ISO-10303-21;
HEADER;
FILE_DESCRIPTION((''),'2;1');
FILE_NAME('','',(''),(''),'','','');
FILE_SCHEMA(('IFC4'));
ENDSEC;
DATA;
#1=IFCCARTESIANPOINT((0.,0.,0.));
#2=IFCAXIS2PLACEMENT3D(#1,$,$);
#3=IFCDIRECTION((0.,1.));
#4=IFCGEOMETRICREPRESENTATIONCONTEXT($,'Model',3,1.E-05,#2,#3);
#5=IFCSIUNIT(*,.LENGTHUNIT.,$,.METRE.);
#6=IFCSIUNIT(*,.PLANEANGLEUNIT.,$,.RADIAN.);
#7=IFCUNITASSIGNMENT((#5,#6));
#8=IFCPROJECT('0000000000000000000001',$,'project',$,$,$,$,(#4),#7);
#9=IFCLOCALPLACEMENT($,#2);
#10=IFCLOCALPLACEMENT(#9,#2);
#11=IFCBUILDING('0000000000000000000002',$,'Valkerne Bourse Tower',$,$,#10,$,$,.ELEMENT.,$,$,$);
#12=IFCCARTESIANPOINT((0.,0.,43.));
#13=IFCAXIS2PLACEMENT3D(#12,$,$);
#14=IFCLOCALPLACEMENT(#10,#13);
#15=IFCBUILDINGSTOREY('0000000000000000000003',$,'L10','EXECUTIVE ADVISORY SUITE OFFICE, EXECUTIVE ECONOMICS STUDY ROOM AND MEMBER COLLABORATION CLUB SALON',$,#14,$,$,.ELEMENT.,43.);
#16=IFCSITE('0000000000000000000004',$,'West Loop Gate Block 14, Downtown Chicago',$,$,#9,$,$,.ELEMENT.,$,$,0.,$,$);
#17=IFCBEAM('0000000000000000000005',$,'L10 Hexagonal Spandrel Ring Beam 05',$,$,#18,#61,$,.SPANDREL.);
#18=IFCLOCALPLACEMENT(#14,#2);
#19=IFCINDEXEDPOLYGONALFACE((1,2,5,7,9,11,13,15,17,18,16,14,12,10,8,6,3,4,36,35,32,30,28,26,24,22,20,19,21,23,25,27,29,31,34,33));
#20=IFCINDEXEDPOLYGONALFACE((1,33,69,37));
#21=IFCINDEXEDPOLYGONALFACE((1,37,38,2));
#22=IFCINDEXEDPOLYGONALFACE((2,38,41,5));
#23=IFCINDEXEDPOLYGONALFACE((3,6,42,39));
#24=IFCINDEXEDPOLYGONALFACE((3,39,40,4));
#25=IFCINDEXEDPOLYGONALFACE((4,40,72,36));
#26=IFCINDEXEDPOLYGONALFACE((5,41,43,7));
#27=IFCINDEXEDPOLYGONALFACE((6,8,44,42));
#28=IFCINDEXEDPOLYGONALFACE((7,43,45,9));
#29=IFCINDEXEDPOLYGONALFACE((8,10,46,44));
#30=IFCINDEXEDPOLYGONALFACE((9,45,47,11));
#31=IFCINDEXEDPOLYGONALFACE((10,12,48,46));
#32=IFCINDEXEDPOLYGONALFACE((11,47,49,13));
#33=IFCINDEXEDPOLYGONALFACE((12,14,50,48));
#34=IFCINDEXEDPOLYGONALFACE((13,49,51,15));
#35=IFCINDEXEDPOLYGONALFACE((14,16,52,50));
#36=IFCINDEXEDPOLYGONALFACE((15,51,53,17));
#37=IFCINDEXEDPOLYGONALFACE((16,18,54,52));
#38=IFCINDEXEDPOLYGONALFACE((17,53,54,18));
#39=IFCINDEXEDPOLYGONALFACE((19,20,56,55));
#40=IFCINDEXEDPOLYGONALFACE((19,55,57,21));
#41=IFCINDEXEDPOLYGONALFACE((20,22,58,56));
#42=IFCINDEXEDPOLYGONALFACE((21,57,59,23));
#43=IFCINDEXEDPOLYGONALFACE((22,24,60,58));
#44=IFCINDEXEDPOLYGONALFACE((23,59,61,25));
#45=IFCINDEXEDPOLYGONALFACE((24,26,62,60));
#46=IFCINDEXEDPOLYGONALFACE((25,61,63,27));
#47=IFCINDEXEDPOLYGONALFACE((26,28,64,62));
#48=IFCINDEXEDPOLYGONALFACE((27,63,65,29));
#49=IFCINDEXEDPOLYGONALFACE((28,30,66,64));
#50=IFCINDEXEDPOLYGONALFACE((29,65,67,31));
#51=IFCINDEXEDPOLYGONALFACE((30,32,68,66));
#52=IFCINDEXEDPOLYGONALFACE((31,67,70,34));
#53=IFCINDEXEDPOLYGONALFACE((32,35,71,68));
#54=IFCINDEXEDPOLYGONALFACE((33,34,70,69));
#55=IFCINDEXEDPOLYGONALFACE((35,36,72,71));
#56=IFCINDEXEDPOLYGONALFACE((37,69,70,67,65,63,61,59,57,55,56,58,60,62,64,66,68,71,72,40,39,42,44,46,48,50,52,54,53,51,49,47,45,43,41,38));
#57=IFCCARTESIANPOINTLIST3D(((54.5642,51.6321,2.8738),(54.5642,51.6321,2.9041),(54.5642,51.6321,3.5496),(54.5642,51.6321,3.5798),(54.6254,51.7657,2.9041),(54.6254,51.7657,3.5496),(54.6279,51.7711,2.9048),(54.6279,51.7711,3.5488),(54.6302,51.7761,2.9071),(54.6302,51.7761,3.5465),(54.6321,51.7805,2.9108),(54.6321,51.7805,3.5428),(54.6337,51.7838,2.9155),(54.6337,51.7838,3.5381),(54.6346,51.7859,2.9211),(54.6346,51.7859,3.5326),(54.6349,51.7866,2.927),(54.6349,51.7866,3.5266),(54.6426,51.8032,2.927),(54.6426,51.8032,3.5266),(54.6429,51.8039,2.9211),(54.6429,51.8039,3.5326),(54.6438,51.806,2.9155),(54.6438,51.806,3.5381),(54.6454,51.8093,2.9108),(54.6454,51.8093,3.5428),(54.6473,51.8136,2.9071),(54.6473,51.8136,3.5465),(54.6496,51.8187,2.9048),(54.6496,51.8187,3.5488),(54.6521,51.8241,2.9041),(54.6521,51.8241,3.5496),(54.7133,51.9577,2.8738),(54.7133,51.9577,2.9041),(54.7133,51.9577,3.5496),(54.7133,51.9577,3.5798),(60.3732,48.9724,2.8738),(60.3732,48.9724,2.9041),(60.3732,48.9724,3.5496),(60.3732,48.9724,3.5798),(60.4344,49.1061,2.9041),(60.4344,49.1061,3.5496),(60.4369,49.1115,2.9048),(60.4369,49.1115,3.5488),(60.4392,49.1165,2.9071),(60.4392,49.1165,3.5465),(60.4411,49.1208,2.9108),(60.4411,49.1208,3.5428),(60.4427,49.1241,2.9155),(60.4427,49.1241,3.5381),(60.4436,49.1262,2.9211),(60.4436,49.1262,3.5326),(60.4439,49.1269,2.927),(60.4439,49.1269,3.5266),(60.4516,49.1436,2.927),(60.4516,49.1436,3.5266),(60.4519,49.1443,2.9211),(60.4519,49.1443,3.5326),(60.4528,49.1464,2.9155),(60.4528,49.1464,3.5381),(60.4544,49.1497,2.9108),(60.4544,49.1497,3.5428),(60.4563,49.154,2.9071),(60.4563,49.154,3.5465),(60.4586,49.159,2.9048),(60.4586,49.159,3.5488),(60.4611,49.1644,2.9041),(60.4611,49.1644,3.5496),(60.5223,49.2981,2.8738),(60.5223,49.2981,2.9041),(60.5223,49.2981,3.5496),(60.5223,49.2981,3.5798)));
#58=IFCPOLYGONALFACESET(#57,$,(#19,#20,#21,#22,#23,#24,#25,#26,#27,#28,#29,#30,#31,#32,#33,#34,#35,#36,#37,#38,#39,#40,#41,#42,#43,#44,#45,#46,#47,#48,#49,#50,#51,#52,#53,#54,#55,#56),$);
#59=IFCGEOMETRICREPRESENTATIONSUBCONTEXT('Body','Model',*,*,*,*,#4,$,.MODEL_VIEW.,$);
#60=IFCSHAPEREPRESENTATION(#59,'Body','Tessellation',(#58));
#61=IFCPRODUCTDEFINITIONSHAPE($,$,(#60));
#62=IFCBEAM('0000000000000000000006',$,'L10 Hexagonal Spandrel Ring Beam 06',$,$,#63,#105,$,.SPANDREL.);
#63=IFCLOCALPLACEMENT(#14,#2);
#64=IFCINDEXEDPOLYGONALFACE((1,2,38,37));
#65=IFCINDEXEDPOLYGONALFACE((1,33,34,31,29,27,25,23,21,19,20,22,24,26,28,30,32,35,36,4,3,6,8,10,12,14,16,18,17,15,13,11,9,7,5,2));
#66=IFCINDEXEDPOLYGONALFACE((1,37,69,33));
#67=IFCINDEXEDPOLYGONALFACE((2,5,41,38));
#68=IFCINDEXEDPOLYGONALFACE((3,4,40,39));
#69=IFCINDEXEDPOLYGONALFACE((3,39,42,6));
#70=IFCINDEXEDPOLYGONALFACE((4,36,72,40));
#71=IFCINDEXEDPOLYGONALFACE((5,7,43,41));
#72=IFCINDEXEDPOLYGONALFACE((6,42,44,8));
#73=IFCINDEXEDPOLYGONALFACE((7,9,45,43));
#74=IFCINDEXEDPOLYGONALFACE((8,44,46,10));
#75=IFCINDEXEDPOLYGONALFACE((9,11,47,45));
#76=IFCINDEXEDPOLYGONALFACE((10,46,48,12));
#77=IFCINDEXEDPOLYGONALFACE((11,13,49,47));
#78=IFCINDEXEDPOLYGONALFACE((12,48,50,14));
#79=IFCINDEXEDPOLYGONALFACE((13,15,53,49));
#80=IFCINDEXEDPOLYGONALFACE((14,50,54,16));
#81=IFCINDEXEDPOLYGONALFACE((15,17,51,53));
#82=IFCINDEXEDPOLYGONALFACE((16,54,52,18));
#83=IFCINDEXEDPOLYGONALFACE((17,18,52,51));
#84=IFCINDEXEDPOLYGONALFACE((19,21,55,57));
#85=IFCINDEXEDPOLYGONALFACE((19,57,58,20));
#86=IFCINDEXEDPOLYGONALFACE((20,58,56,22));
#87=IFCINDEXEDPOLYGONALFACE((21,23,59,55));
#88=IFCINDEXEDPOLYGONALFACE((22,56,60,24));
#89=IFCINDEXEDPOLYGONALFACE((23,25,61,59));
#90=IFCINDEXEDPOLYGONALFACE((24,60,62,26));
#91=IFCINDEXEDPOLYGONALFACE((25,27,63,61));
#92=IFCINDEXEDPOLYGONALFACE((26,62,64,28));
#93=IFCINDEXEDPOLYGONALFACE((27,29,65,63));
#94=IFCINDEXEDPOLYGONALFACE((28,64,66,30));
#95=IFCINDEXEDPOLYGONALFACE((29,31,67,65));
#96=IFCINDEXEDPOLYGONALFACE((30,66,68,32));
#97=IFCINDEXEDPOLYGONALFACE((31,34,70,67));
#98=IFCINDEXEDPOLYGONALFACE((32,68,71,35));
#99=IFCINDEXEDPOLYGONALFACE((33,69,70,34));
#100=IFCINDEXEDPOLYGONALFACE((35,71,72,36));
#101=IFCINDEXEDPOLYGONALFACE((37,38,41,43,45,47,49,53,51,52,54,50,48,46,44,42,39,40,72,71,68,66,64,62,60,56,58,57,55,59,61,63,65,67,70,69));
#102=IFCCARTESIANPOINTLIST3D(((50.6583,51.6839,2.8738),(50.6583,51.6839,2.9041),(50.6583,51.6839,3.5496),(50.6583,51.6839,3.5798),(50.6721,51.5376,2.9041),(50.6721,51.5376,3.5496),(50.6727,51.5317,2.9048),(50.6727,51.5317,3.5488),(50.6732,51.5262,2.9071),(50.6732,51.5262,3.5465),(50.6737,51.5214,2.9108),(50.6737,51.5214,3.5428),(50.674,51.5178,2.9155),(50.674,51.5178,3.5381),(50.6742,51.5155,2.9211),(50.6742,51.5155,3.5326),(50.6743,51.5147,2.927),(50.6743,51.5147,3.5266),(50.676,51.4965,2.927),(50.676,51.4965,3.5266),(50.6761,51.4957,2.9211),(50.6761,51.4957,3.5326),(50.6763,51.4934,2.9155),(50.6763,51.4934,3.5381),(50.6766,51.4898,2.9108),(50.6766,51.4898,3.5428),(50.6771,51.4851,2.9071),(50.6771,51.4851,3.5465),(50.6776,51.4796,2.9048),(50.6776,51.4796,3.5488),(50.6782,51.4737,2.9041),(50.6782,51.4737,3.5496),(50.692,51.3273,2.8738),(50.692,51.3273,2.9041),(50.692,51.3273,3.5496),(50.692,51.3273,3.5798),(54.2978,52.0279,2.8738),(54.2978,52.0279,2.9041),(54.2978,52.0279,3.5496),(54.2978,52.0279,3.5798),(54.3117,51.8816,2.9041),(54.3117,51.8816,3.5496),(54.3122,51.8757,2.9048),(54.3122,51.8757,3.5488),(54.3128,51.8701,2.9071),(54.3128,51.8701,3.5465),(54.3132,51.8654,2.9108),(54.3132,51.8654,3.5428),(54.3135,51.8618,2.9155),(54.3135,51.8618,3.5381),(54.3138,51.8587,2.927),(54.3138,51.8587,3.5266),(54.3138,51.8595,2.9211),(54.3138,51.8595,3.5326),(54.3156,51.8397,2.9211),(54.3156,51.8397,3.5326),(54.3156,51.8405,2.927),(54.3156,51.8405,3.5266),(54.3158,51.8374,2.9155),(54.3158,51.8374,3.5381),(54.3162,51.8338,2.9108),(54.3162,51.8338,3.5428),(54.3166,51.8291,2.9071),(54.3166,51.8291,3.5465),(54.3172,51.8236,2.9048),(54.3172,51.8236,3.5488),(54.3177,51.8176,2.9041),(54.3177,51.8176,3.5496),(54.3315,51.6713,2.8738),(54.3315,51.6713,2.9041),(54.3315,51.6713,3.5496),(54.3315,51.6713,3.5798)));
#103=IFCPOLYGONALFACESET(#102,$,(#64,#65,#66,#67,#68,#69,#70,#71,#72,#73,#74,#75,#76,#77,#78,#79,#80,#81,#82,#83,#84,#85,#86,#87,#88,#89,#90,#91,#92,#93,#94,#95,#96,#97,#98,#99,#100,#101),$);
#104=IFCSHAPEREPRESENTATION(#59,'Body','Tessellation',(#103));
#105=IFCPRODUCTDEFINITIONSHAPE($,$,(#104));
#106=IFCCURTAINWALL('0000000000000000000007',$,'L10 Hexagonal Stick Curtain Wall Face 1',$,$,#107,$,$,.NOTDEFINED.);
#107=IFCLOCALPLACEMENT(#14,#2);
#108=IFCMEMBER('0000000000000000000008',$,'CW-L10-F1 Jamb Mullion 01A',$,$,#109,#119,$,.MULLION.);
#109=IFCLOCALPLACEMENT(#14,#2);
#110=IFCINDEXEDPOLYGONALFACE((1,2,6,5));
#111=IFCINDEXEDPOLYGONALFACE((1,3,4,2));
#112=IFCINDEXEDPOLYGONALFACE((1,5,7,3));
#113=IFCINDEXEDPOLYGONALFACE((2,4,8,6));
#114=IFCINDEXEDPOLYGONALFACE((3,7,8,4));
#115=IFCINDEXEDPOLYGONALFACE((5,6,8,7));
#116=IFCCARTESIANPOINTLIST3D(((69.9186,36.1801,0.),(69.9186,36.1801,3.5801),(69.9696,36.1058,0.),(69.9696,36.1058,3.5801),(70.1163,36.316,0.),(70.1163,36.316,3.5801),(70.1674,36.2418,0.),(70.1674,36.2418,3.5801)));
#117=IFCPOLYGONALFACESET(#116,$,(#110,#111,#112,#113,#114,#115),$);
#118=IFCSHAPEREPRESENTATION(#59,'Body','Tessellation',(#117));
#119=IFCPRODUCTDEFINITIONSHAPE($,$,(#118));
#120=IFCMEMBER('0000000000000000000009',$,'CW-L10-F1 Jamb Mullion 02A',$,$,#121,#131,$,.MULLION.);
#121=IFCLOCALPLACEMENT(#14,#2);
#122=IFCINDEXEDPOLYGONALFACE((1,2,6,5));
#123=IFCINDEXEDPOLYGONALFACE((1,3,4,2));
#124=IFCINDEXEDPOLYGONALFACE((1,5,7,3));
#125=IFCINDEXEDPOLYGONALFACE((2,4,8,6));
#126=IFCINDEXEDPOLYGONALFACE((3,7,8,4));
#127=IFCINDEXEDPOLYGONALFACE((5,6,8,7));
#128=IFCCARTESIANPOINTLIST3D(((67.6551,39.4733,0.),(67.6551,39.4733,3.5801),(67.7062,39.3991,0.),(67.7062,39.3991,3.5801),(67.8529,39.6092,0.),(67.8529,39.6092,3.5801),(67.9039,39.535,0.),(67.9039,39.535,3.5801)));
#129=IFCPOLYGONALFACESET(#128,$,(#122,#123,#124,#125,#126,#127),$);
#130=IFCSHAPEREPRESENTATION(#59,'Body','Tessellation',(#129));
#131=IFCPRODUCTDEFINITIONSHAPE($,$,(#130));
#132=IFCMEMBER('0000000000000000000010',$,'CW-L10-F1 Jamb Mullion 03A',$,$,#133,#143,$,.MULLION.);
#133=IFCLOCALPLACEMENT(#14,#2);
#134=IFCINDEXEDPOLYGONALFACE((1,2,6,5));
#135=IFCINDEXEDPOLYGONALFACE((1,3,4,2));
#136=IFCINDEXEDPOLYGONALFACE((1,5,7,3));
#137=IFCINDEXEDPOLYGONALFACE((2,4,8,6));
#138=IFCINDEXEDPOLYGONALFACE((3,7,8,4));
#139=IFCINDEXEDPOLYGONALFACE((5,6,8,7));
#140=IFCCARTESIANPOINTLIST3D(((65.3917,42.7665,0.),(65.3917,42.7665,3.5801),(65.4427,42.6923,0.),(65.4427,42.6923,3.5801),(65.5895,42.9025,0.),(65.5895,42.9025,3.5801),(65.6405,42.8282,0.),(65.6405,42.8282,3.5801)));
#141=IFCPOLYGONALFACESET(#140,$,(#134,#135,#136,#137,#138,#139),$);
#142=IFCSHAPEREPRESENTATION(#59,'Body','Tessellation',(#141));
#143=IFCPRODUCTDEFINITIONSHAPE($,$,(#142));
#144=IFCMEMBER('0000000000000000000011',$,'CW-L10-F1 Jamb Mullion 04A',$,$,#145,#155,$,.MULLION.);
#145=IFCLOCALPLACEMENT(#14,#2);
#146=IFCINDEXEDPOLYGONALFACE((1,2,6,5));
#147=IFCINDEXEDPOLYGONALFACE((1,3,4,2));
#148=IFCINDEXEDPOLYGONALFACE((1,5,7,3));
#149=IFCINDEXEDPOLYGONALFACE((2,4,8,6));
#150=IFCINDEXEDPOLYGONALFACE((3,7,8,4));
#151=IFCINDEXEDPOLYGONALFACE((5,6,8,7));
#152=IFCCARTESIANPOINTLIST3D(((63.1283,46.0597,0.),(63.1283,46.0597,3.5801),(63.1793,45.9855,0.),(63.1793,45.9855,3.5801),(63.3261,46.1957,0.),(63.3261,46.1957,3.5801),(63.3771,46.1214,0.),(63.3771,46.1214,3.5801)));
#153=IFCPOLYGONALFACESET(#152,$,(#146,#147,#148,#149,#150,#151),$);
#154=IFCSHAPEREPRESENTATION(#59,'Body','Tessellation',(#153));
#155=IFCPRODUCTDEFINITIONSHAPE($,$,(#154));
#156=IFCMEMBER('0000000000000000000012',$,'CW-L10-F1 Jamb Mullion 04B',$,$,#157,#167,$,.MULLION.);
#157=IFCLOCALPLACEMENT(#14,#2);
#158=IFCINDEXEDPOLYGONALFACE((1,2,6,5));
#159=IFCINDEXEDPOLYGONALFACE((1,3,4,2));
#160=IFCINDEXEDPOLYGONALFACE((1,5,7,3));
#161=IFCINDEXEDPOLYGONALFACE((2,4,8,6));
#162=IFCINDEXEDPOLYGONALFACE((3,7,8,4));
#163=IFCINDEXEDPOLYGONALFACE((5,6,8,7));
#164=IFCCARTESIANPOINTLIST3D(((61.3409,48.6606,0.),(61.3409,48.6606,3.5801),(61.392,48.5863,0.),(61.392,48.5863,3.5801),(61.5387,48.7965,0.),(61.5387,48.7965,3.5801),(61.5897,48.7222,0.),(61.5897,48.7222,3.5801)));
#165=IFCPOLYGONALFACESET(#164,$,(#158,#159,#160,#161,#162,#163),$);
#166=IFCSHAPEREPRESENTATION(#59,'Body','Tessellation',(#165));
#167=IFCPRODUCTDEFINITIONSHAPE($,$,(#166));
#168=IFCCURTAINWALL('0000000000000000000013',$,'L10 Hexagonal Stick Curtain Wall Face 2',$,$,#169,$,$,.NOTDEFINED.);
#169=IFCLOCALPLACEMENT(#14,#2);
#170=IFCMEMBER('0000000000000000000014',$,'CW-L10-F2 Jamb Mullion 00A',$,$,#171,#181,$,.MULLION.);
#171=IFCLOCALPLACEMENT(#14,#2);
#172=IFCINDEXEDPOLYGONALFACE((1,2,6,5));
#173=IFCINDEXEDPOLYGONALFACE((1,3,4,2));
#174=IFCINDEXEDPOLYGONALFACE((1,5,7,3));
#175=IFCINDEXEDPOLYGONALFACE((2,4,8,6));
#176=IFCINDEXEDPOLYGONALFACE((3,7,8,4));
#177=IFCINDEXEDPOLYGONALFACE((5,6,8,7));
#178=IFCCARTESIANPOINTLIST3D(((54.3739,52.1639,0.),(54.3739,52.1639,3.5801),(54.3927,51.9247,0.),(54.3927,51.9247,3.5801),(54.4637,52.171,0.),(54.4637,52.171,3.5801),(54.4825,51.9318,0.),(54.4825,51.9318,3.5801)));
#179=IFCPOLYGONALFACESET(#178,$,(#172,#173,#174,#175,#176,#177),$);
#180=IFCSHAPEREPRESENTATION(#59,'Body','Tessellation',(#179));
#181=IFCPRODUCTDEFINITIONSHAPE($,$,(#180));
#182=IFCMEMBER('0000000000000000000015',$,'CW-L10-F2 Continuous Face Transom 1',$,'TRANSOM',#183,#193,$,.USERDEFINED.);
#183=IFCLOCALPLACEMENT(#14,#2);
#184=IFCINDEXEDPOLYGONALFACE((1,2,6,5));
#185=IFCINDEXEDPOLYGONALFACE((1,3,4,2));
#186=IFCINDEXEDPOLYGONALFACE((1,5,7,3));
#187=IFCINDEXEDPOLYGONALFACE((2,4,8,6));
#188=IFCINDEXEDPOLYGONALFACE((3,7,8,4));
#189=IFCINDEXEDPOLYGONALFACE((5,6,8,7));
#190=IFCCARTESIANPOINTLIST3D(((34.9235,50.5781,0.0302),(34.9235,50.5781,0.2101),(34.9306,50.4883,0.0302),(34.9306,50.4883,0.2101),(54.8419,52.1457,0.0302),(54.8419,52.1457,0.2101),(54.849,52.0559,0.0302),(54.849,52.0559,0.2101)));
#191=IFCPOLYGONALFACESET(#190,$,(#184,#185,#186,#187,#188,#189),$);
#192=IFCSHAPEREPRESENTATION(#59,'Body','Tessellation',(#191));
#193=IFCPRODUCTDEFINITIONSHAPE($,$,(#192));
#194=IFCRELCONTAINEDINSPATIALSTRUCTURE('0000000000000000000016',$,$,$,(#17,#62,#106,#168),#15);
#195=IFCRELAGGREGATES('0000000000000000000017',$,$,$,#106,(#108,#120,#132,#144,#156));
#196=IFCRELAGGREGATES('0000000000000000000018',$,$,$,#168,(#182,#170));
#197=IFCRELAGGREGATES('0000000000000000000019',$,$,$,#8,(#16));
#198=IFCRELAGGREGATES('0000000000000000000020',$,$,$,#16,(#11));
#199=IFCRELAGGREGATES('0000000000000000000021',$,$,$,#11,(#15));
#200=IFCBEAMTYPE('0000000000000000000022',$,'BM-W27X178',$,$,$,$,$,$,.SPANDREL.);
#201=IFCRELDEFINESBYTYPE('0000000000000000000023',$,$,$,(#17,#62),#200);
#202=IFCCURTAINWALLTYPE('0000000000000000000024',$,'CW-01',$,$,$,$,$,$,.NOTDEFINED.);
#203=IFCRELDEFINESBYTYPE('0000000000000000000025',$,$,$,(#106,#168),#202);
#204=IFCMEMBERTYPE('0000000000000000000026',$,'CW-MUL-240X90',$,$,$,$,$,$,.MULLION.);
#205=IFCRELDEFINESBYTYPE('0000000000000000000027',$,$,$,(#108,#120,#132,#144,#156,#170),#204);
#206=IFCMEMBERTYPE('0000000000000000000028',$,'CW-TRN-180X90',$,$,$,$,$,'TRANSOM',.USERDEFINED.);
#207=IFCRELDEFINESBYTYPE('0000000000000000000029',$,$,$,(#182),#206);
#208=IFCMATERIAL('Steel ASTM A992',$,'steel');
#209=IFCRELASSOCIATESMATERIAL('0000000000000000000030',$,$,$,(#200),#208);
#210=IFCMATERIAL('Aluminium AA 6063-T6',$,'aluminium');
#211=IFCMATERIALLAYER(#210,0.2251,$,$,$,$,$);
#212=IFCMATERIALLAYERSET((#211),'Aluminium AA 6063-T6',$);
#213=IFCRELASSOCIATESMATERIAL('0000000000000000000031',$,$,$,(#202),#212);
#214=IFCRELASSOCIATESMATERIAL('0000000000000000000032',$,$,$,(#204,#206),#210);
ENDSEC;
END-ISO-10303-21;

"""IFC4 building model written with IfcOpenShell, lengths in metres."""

from ifc_helpers import new_model, si_unit, direction, frame, origin, origin_2d, place, context, subcontext, project, spatial, rectangle, i_section, extrude, material, layer, layer_set, material_profile, profile_set, type_object, element, aggregate, save


model = new_model("IFC4")

# Units and contexts
model_context = context("Model", 3, precision=1e-05, world=origin(), true_north=direction((0.0, 1.0)))
body_context = subcontext(model_context, "Body", "Model", "MODEL_VIEW")
ifc_project = project(units=[si_unit("LENGTHUNIT", "METRE"), si_unit("PLANEANGLEUNIT", "RADIAN")], contexts=[model_context])

# Site, building, storey
site_placement = place(None, origin())
site = spatial("IfcSite", under=ifc_project, at=site_placement, Name="West Loop Gate Block 14, Downtown Chicago", CompositionType="ELEMENT", RefElevation=0.0)
building_placement = place(site_placement, origin())
building = spatial("IfcBuilding", under=site, at=building_placement, Name="Valkerne Bourse Tower", CompositionType="ELEMENT")
storey_placement = place(building_placement, frame((0.0, 0.0, 43.0)))
storey = spatial("IfcBuildingStorey", under=building, at=storey_placement, Name="L10", Description="EXECUTIVE ADVISORY SUITE OFFICE, EXECUTIVE ECONOMICS STUDY ROOM AND MEMBER COLLABORATION CLUB SALON", CompositionType="ELEMENT", Elevation=43.0)

# Beams
ifc_material_1 = material(Name="Steel ASTM A992", Category="steel")
ifc_material_profile_1 = material_profile(ifc_material_1, i_section(OverallWidth=0.3582, OverallDepth=0.7061, WebThickness=0.0183, FlangeThickness=0.0303, FilletRadius=0.0229, at=origin_2d()), Name="W27X178")
ifc_profile_set_1 = profile_set([ifc_material_profile_1], Name="Steel ASTM A992")
beam_type = type_object("IfcBeamType", Name="BM-W27X178", PredefinedType="SPANDREL", material=ifc_profile_set_1)
beam_1_placement = place(storey_placement, frame((60.4478, 49.1353, 3.2268), z_axis=(-0.909232, 0.416289, 0.0), x_axis=(-0.416289, -0.909232, 0.0)))
element("IfcBeam", 1, at=beam_1_placement, inside=storey, type_object=beam_type, Name="L10 Hexagonal Spandrel Ring Beam 05", PredefinedType="SPANDREL", context=body_context, shape_type="SweptSolid", body=[
    extrude(i_section(OverallWidth=0.3582, OverallDepth=0.7061, WebThickness=0.0183, FlangeThickness=0.0303, FilletRadius=0.0229, at=origin_2d()), origin(), (0.0, 0.0, 1.0), 6.3889),
])
beam_2_placement = place(storey_placement, frame((54.3147, 51.8496, 3.2268), z_axis=(-0.995563, -0.094094, 0.0), x_axis=(0.094094, -0.995563, 0.0)))
element("IfcBeam", 2, at=beam_2_placement, inside=storey, type_object=beam_type, Name="L10 Hexagonal Spandrel Ring Beam 06", PredefinedType="SPANDREL", context=body_context, shape_type="SweptSolid", body=[
    extrude(i_section(OverallWidth=0.3582, OverallDepth=0.7061, WebThickness=0.0183, FlangeThickness=0.0303, FilletRadius=0.0229, at=origin_2d()), origin(), (0.0, 0.0, 1.0), 3.6558),
])

# Curtain walls, members
ifc_material_2 = material(Name="Aluminium AA 6063-T6", Category="aluminium")
ifc_layer_1 = layer(ifc_material_2, 0.2251)
ifc_layer_set_1 = layer_set([ifc_layer_1], Name="Aluminium AA 6063-T6")
curtain_wall_type = type_object("IfcCurtainWallType", Name="CW-01", PredefinedType="NOTDEFINED", material=ifc_layer_set_1)
curtain_wall_1_placement = place(storey_placement, origin())
curtain_wall_1 = element("IfcCurtainWall", 3, at=curtain_wall_1_placement, inside=storey, type_object=curtain_wall_type, Name="L10 Hexagonal Stick Curtain Wall Face 1", PredefinedType="NOTDEFINED")
ifc_material_profile_2 = material_profile(ifc_material_2, rectangle(XDim=0.0901, YDim=0.24, at=origin_2d()), Name="CWM-90X240")
ifc_profile_set_2 = profile_set([ifc_material_profile_2], Name="Aluminium AA 6063-T6")
member_type_1 = type_object("IfcMemberType", Name="CW-MUL-240X90", PredefinedType="MULLION", material=ifc_profile_set_2)
member_1_placement = place(storey_placement, frame((70.043, 36.2109, 0.0), z_axis=(0.0, 0.0, 1.0), x_axis=(-0.566414, 0.824121, 0.0)))
member_1 = element("IfcMember", 4, at=member_1_placement, type_object=member_type_1, Name="CW-L10-F1 Jamb Mullion 01A", PredefinedType="MULLION", context=body_context, shape_type="SweptSolid", body=[
    extrude(rectangle(XDim=0.0901, YDim=0.24, at=origin_2d()), origin(), (0.0, 0.0, 1.0), 3.5801),
])
member_2_placement = place(storey_placement, frame((67.7795, 39.5042, 0.0), z_axis=(0.0, 0.0, 1.0), x_axis=(-0.566397, 0.824132, 0.0)))
member_2 = element("IfcMember", 5, at=member_2_placement, type_object=member_type_1, Name="CW-L10-F1 Jamb Mullion 02A", PredefinedType="MULLION", context=body_context, shape_type="SweptSolid", body=[
    extrude(rectangle(XDim=0.0901, YDim=0.24, at=origin_2d()), origin(), (0.0, 0.0, 1.0), 3.5801),
])
member_3_placement = place(storey_placement, frame((65.5161, 42.7974, 0.0), z_axis=(0.0, 0.0, 1.0), x_axis=(-0.566414, 0.824121, 0.0)))
member_3 = element("IfcMember", 6, at=member_3_placement, type_object=member_type_1, Name="CW-L10-F1 Jamb Mullion 03A", PredefinedType="MULLION", context=body_context, shape_type="SweptSolid", body=[
    extrude(rectangle(XDim=0.0901, YDim=0.24, at=origin_2d()), origin(), (0.0, 0.0, 1.0), 3.5801),
])
member_4_placement = place(storey_placement, frame((63.2527, 46.0906, 0.0), z_axis=(0.0, 0.0, 1.0), x_axis=(-0.566397, 0.824132, 0.0)))
member_4 = element("IfcMember", 7, at=member_4_placement, type_object=member_type_1, Name="CW-L10-F1 Jamb Mullion 04A", PredefinedType="MULLION", context=body_context, shape_type="SweptSolid", body=[
    extrude(rectangle(XDim=0.0901, YDim=0.24, at=origin_2d()), origin(), (0.0, 0.0, 1.0), 3.5801),
])
member_5_placement = place(storey_placement, frame((61.4653, 48.6914, 0.0), z_axis=(0.0, 0.0, 1.0), x_axis=(-0.566397, 0.824132, 0.0)))
member_5 = element("IfcMember", 8, at=member_5_placement, type_object=member_type_1, Name="CW-L10-F1 Jamb Mullion 04B", PredefinedType="MULLION", context=body_context, shape_type="SweptSolid", body=[
    extrude(rectangle(XDim=0.0901, YDim=0.24, at=origin_2d()), origin(), (0.0, 0.0, 1.0), 3.5801),
])
curtain_wall_2_placement = place(storey_placement, origin())
curtain_wall_2 = element("IfcCurtainWall", 9, at=curtain_wall_2_placement, inside=storey, type_object=curtain_wall_type, Name="L10 Hexagonal Stick Curtain Wall Face 2", PredefinedType="NOTDEFINED")
member_6_placement = place(storey_placement, frame((54.4282, 52.0479, 0.0), z_axis=(0.0, 0.0, 1.0), x_axis=(-0.996918, -0.078453, 0.0)))
member_6 = element("IfcMember", 10, at=member_6_placement, type_object=member_type_1, Name="CW-L10-F2 Jamb Mullion 00A", PredefinedType="MULLION", context=body_context, shape_type="SweptSolid", body=[
    extrude(rectangle(XDim=0.0901, YDim=0.24, at=origin_2d()), origin(), (0.0, 0.0, 1.0), 3.5801),
])
ifc_material_profile_3 = material_profile(ifc_material_2, rectangle(XDim=0.0901, YDim=0.1799, at=origin_2d()), Name="CWT-90X180")
ifc_profile_set_3 = profile_set([ifc_material_profile_3], Name="Aluminium AA 6063-T6")
member_type_2 = type_object("IfcMemberType", Name="CW-TRN-180X90", ElementType="TRANSOM", PredefinedType="USERDEFINED", material=ifc_profile_set_3)
member_7_placement = place(storey_placement, frame((54.8455, 52.1008, 0.1201), z_axis=(-0.996917, -0.07846, 0.0), x_axis=(0.07846, -0.996917, 0.0)))
member_7 = element("IfcMember", 11, at=member_7_placement, type_object=member_type_2, Name="CW-L10-F2 Continuous Face Transom 1", ObjectType="TRANSOM", PredefinedType="USERDEFINED", context=body_context, shape_type="SweptSolid", body=[
    extrude(rectangle(XDim=0.0901, YDim=0.1799, at=origin_2d()), origin(), (0.0, 0.0, 1.0), 19.98),
])

aggregate(curtain_wall_1, [member_1, member_2, member_3, member_4, member_5])
aggregate(curtain_wall_2, [member_7, member_6])

save(model, "model.ifc")
